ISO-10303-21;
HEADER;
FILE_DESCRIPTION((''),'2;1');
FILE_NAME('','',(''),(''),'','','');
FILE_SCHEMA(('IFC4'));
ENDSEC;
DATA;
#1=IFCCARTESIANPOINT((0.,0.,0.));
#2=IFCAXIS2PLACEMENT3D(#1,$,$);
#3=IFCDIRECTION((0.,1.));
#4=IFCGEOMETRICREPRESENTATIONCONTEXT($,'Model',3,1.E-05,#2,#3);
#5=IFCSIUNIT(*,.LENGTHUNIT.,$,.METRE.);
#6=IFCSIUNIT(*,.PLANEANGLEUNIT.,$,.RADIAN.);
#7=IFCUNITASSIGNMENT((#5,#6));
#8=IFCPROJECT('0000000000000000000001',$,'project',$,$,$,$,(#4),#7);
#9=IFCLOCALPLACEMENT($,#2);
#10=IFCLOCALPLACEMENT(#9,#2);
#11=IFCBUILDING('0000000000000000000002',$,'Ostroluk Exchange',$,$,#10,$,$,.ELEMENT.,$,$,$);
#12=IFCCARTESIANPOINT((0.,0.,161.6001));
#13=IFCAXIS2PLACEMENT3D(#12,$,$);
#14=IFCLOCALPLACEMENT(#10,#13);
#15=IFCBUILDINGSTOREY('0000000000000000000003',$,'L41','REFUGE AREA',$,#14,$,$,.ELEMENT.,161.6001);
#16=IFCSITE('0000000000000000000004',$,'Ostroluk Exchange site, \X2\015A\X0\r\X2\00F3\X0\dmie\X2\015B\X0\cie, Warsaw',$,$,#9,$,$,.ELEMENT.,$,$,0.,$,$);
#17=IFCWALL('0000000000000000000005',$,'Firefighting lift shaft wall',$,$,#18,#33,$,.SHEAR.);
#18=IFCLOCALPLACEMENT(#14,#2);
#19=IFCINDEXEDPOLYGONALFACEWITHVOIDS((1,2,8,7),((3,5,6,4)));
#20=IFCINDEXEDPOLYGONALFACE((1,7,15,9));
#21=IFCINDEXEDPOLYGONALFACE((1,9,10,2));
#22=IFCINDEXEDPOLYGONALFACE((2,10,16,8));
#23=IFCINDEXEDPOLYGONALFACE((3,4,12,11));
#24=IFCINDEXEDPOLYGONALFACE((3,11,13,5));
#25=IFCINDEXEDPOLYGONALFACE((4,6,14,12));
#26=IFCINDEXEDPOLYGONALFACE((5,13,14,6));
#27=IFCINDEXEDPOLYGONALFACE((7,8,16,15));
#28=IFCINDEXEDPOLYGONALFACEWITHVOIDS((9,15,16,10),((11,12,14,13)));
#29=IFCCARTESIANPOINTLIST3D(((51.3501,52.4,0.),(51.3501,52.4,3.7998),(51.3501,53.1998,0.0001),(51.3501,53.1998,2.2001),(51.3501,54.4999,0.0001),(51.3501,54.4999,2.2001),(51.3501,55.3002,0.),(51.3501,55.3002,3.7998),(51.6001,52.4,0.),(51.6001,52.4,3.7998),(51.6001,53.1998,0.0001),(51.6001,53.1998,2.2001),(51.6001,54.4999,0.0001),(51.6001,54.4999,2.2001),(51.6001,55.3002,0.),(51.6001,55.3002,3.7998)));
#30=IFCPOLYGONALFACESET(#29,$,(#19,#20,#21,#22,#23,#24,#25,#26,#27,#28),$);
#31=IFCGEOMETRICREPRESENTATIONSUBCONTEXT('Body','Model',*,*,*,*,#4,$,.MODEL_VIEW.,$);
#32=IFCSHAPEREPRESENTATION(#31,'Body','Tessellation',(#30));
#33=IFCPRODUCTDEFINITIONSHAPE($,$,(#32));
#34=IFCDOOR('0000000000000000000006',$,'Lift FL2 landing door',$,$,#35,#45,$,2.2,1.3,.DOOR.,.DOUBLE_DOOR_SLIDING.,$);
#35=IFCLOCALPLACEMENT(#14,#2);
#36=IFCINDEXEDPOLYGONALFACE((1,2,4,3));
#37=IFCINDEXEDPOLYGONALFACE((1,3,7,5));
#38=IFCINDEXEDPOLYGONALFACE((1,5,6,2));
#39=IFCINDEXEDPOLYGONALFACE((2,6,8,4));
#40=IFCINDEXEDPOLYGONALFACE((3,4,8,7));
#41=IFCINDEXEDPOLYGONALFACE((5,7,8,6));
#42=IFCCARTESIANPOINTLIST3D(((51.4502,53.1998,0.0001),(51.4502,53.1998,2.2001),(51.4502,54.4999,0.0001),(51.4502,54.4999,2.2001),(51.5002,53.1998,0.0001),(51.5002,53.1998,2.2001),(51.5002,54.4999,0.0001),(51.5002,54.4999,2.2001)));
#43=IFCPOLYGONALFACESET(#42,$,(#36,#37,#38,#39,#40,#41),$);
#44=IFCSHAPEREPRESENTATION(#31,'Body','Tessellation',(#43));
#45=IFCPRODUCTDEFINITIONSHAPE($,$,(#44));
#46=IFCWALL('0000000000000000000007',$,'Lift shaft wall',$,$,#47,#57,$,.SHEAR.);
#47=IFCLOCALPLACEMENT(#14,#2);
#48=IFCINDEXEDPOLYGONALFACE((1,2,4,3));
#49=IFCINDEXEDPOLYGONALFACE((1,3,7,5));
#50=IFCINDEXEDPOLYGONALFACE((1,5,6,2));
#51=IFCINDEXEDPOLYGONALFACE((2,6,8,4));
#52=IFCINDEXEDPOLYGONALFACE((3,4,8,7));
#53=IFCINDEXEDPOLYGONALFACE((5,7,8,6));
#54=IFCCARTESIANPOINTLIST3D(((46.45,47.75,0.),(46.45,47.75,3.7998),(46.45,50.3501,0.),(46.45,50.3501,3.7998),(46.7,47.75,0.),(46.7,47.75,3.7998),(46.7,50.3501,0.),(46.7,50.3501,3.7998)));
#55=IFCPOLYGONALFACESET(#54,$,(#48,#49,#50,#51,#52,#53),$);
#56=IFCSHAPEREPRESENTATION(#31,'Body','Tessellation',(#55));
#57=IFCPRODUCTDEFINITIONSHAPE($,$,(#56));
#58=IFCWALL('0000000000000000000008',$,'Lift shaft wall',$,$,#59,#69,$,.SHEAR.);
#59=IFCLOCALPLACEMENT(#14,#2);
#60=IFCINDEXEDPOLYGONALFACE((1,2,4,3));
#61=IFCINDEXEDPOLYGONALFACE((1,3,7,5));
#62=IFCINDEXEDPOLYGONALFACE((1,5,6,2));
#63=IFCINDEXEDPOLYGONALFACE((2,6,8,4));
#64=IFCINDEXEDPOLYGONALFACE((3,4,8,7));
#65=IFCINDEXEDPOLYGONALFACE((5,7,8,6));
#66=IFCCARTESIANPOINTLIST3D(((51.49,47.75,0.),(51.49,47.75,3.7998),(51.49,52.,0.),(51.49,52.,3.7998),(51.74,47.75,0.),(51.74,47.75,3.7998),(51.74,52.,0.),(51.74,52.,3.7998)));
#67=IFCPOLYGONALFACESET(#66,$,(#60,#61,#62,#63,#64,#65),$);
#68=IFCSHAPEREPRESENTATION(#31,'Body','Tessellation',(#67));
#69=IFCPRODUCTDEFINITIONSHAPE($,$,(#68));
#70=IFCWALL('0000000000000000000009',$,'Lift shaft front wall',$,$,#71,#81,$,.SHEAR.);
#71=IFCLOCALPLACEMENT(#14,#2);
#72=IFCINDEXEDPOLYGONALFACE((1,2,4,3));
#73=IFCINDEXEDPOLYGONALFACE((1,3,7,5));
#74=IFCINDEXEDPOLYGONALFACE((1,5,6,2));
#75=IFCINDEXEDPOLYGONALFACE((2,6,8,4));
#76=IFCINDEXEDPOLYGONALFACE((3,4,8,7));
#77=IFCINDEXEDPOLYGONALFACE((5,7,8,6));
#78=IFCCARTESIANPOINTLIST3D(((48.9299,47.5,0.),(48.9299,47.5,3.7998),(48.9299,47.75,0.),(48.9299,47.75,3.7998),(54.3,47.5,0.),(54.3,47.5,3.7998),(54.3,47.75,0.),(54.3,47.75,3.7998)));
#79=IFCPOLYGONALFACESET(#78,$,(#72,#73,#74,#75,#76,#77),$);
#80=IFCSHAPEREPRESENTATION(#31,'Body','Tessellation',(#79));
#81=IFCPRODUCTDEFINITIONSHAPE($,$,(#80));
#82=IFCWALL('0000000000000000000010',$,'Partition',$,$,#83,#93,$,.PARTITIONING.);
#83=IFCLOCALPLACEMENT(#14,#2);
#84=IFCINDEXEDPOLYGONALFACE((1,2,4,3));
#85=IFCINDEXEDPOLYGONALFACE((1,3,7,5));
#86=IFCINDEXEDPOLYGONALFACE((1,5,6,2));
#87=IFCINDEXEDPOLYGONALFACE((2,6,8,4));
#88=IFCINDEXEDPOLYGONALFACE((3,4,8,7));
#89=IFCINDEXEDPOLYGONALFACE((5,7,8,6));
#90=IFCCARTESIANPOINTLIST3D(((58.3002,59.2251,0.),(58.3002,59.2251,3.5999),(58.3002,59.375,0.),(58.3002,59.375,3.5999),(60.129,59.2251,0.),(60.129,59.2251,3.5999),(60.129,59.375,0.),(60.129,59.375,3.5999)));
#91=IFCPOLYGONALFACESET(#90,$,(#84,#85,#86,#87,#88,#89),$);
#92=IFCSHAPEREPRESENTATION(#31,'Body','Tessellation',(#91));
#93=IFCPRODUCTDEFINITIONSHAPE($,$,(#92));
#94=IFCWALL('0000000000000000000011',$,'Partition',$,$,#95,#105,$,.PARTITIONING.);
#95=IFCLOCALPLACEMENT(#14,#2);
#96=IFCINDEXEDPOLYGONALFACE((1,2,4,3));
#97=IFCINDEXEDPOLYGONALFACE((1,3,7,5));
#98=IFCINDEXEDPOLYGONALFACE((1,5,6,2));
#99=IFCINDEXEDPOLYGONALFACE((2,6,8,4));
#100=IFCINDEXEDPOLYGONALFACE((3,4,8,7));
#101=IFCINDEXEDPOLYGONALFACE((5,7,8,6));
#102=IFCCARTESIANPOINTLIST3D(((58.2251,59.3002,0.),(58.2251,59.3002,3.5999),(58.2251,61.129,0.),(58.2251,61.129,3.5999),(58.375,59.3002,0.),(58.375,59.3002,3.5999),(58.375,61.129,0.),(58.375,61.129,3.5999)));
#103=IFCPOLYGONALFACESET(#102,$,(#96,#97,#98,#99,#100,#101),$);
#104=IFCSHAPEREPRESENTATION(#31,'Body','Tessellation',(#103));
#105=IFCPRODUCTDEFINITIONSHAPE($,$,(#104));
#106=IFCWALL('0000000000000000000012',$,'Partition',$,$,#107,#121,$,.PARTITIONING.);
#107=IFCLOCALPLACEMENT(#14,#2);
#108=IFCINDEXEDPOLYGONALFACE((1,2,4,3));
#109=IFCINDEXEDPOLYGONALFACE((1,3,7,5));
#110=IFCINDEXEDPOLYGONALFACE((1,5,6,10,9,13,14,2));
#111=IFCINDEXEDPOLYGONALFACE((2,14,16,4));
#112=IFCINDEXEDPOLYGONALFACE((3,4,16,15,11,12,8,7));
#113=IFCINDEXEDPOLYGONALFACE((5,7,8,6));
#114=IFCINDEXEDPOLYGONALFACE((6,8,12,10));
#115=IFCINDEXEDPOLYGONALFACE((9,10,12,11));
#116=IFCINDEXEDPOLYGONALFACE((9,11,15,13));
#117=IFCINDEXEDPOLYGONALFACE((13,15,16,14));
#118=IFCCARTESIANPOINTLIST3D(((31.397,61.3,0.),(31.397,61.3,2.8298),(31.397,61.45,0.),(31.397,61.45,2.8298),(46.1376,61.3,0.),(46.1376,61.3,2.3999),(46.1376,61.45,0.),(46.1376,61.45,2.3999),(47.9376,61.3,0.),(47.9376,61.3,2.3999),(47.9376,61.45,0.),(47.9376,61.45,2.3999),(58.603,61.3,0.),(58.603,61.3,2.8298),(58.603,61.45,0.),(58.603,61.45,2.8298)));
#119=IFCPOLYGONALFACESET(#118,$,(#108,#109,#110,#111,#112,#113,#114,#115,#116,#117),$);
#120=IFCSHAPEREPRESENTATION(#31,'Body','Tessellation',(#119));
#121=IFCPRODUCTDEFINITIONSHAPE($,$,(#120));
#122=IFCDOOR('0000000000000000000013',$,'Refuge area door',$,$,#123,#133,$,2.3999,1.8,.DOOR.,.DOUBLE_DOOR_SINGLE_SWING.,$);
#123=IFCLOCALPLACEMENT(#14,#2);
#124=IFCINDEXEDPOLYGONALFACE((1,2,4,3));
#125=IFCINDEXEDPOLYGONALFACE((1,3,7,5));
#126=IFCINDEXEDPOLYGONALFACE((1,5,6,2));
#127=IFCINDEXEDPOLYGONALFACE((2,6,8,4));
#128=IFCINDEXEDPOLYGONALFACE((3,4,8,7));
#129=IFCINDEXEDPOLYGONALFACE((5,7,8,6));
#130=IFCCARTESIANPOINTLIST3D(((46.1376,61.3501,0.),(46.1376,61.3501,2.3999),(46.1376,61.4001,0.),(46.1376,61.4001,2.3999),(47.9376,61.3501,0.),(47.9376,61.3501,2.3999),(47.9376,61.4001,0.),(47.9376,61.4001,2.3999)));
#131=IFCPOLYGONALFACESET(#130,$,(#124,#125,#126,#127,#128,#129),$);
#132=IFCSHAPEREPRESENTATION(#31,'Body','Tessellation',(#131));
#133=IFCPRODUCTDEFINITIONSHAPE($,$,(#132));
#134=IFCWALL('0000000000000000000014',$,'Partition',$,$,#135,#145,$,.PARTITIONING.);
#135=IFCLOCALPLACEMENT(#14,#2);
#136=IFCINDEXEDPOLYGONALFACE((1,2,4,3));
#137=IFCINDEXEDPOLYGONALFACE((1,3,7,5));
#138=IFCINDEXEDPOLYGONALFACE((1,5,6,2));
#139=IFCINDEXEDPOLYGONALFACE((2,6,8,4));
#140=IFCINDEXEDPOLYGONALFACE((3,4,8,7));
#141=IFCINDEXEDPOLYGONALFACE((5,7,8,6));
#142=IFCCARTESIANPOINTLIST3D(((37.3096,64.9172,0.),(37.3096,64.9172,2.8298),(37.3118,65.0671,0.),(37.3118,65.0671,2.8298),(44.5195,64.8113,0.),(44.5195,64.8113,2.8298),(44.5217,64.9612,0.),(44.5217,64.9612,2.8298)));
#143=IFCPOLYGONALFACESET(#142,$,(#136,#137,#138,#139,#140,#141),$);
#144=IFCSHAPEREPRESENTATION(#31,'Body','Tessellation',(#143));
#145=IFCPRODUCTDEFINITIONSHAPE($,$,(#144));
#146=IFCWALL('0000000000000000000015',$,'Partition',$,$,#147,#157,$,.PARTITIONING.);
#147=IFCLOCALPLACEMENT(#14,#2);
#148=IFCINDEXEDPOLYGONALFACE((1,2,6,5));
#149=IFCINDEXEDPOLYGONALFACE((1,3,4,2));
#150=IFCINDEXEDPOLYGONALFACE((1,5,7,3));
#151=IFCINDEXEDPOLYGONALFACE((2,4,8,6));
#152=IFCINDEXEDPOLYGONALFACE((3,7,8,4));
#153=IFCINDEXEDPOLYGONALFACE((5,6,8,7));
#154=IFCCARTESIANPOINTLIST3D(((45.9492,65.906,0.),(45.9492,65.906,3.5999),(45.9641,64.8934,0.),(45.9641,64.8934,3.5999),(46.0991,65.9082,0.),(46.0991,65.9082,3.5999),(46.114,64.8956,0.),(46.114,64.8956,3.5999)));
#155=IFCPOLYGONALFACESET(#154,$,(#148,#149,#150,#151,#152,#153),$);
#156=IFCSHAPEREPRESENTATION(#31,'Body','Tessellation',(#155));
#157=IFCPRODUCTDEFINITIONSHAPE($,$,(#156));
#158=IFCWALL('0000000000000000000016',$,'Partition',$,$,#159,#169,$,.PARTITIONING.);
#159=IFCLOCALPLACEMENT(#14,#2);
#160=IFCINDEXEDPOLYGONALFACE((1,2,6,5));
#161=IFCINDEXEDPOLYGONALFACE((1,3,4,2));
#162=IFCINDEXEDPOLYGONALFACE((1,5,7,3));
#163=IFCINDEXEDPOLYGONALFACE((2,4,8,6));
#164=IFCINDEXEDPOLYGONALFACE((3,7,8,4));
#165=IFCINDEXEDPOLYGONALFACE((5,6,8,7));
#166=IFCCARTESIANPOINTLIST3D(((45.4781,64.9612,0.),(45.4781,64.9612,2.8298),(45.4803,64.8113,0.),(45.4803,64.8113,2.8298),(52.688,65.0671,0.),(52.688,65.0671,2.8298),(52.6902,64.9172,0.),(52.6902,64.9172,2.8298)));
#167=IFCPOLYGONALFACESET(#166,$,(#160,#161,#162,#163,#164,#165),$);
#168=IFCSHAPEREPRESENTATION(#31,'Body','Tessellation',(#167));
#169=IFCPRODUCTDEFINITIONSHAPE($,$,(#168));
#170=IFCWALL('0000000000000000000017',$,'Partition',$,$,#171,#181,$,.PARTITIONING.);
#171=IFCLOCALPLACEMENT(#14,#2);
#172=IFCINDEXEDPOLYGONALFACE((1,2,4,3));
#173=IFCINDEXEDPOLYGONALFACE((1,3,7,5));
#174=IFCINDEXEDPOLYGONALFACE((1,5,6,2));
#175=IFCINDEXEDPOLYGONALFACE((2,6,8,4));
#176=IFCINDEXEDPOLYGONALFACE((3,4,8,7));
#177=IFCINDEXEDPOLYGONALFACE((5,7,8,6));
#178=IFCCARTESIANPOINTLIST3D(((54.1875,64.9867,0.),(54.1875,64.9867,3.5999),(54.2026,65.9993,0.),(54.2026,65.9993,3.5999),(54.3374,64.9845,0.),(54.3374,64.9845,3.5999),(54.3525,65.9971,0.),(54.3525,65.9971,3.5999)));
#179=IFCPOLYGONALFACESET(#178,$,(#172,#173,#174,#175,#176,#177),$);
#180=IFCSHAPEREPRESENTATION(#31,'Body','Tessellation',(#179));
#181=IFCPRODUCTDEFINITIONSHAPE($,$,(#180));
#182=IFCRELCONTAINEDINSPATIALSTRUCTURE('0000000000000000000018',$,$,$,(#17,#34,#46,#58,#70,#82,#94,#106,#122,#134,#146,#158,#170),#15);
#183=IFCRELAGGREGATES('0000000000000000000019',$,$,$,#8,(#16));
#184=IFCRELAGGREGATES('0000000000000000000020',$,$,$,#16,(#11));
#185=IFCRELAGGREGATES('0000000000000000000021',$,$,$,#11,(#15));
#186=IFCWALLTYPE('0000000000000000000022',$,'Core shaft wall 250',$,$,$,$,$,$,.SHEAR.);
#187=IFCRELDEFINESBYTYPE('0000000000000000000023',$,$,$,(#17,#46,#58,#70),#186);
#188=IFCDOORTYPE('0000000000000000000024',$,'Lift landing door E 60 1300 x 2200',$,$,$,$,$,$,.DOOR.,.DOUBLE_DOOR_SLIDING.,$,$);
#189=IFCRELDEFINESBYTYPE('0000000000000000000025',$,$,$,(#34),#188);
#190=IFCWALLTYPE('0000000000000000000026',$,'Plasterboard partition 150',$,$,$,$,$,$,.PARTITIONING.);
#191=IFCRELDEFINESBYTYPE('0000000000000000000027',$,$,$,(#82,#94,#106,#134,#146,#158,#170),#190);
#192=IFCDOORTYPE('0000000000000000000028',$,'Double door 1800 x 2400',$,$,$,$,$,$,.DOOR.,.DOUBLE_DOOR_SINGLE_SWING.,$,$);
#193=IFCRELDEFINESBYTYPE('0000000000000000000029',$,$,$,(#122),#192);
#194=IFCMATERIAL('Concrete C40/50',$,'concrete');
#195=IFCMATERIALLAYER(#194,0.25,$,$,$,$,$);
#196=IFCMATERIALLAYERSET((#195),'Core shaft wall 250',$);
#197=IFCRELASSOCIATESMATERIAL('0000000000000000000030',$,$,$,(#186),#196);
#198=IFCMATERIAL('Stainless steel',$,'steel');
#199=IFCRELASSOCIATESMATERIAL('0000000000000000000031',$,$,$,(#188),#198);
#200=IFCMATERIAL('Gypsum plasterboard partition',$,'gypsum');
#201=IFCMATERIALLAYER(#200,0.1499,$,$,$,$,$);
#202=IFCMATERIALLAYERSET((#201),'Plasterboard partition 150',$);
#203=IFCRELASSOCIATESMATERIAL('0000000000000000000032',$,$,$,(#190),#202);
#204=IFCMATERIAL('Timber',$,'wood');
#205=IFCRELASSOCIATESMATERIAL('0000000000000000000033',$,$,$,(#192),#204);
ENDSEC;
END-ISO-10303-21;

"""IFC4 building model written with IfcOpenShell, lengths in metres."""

from ifc_helpers import new_model, si_unit, direction, frame, frame_2d, origin, place, context, subcontext, project, spatial, rectangle, extrude, material, layer, layer_set, type_object, element, fill, save


model = new_model("IFC4")

# Units and contexts
model_context = context("Model", 3, precision=1e-05, world=origin(), true_north=direction((0.0, 1.0)))
body_context = subcontext(model_context, "Body", "Model", "MODEL_VIEW")
ifc_project = project(units=[si_unit("LENGTHUNIT", "METRE"), si_unit("PLANEANGLEUNIT", "RADIAN")], contexts=[model_context])

# Site, building, storey
site_placement = place(None, origin())
site = spatial("IfcSite", under=ifc_project, at=site_placement, Name="Ostroluk Exchange site, Śródmieście, Warsaw", CompositionType="ELEMENT", RefElevation=0.0)
building_placement = place(site_placement, origin())
building = spatial("IfcBuilding", under=site, at=building_placement, Name="Ostroluk Exchange", CompositionType="ELEMENT")
storey_placement = place(building_placement, frame((0.0, 0.0, 161.6001)))
storey = spatial("IfcBuildingStorey", under=building, at=storey_placement, Name="L41", Description="REFUGE AREA", CompositionType="ELEMENT", Elevation=161.6001)

# Wall, opening, door
ifc_material_1 = material(Name="Concrete C40/50", Category="concrete")
ifc_layer_1 = layer(ifc_material_1, 0.25)
ifc_layer_set_1 = layer_set([ifc_layer_1], Name="Core shaft wall 250")
wall_type_1 = type_object("IfcWallType", Name="Core shaft wall 250", PredefinedType="SHEAR", material=ifc_layer_set_1)
wall_1_placement = place(storey_placement, frame((51.4751, 52.3999, 0.0), z_axis=(0.0, 0.0, 1.0), x_axis=(0.0, 1.0, 0.0)))
wall_1 = element("IfcWall", 1, at=wall_1_placement, inside=storey, type_object=wall_type_1, Name="Firefighting lift shaft wall", PredefinedType="SHEAR", context=body_context, shape_type="SweptSolid", body=[
    extrude(rectangle(XDim=2.9001, YDim=0.25, at=frame_2d((1.4502, 0.0))), origin(), (0.0, 0.0, 1.0), 3.7998),
])
opening_1_placement = place(wall_1_placement, frame((0.8, 0.0, 0.0)))
opening_1 = element("IfcOpeningElement", 2, at=opening_1_placement, cuts=wall_1, PredefinedType="OPENING", context=body_context, shape_type="SweptSolid", body=[
    extrude(rectangle(XDim=1.3, YDim=2.2, at=frame_2d((0.6499, 1.1001))), frame((0.0, 0.135, 0.0), z_axis=(0.0, -1.0, 0.0), x_axis=(1.0, 0.0, 0.0)), (0.0, 0.0, 1.0), 0.27),
])
ifc_material_2 = material(Name="Stainless steel", Category="steel")
door_type_1 = type_object("IfcDoorType", Name="Lift landing door E 60 1300 x 2200", OperationType="DOUBLE_DOOR_SLIDING", PredefinedType="DOOR", material=ifc_material_2)
door_1_placement = place(opening_1_placement, origin())
door_1 = element("IfcDoor", 3, at=door_1_placement, inside=storey, type_object=door_type_1, Name="Lift FL2 landing door", OperationType="DOUBLE_DOOR_SLIDING", OverallHeight=2.2, OverallWidth=1.3, PredefinedType="DOOR", context=body_context, shape_type="SweptSolid", body=[
    extrude(rectangle(XDim=1.3, YDim=2.2, at=frame_2d((0.6499, 1.1001))), frame((0.0, 0.0249, 0.0), z_axis=(0.0, -1.0, 0.0), x_axis=(1.0, 0.0, 0.0)), (0.0, 0.0, 1.0), 0.05),
])
fill(opening_1, door_1)

# Walls
wall_2_placement = place(storey_placement, frame((46.575, 47.75, 0.0), z_axis=(0.0, 0.0, 1.0), x_axis=(0.0, 1.0, 0.0)))
element("IfcWall", 4, at=wall_2_placement, inside=storey, type_object=wall_type_1, Name="Lift shaft wall", PredefinedType="SHEAR", context=body_context, shape_type="SweptSolid", body=[
    extrude(rectangle(XDim=2.6001, YDim=0.25, at=frame_2d((1.3, 0.0))), origin(), (0.0, 0.0, 1.0), 3.7998),
])
wall_3_placement = place(storey_placement, frame((51.615, 47.75, 0.0), z_axis=(0.0, 0.0, 1.0), x_axis=(0.0, 1.0, 0.0)))
element("IfcWall", 5, at=wall_3_placement, inside=storey, type_object=wall_type_1, Name="Lift shaft wall", PredefinedType="SHEAR", context=body_context, shape_type="SweptSolid", body=[
    extrude(rectangle(XDim=4.25, YDim=0.25, at=frame_2d((2.125, 0.0))), origin(), (0.0, 0.0, 1.0), 3.7998),
])
wall_4_placement = place(storey_placement, frame((48.9299, 47.625, 0.0), z_axis=(0.0, 0.0, 1.0), x_axis=(1.0, 0.0, 0.0)))
element("IfcWall", 6, at=wall_4_placement, inside=storey, type_object=wall_type_1, Name="Lift shaft front wall", PredefinedType="SHEAR", context=body_context, shape_type="SweptSolid", body=[
    extrude(rectangle(XDim=5.3701, YDim=0.25, at=frame_2d((2.6851, 0.0))), origin(), (0.0, 0.0, 1.0), 3.7998),
])
ifc_material_3 = material(Name="Gypsum plasterboard partition", Category="gypsum")
ifc_layer_2 = layer(ifc_material_3, 0.1499)
ifc_layer_set_2 = layer_set([ifc_layer_2], Name="Plasterboard partition 150")
wall_type_2 = type_object("IfcWallType", Name="Plasterboard partition 150", PredefinedType="PARTITIONING", material=ifc_layer_set_2)
for number, where, z_axis, x_axis, name in (
    (7, (58.3, 59.3, 0.0), (0.0, 0.0, 1.0), (1.0, 0.0, 0.0), "Partition"),
    (8, (58.3, 59.3, 0.0), (0.0, 0.0, 1.0), (0.0, 1.0, 0.0), "Partition"),
):
    element("IfcWall", number, at=place(storey_placement, frame(where, z_axis=z_axis, x_axis=x_axis)), inside=storey, type_object=wall_type_2, Name=name, PredefinedType="PARTITIONING", context=body_context, shape_type="SweptSolid", body=[
        extrude(rectangle(XDim=1.8289, YDim=0.1499, at=frame_2d((0.9146, 0.0))), origin(), (0.0, 0.0, 1.0), 3.5999),
    ])

# Wall, opening, door
wall_5_placement = place(storey_placement, frame((58.603, 61.375, 0.0), z_axis=(0.0, 0.0, 1.0), x_axis=(-1.0, 0.0, 0.0)))
wall_5 = element("IfcWall", 9, at=wall_5_placement, inside=storey, type_object=wall_type_2, Name="Partition", PredefinedType="PARTITIONING", context=body_context, shape_type="SweptSolid", body=[
    extrude(rectangle(XDim=27.2061, YDim=0.1499, at=frame_2d((13.603, 0.0))), origin(), (0.0, 0.0, 1.0), 2.8298),
])
opening_2_placement = place(wall_5_placement, frame((10.6655, 0.0, 0.0)))
opening_2 = element("IfcOpeningElement", 10, at=opening_2_placement, cuts=wall_5, PredefinedType="OPENING", context=body_context, shape_type="SweptSolid", body=[
    extrude(rectangle(XDim=1.8, YDim=2.3999, at=frame_2d((0.8999, 1.2))), frame((0.0, 0.085, 0.0), z_axis=(0.0, -1.0, 0.0), x_axis=(1.0, 0.0, 0.0)), (0.0, 0.0, 1.0), 0.1699),
])
ifc_material_4 = material(Name="Timber", Category="wood")
door_type_2 = type_object("IfcDoorType", Name="Double door 1800 x 2400", OperationType="DOUBLE_DOOR_SINGLE_SWING", PredefinedType="DOOR", material=ifc_material_4)
door_2_placement = place(opening_2_placement, origin())
door_2 = element("IfcDoor", 11, at=door_2_placement, inside=storey, type_object=door_type_2, Name="Refuge area door", OperationType="DOUBLE_DOOR_SINGLE_SWING", OverallHeight=2.3999, OverallWidth=1.8, PredefinedType="DOOR", context=body_context, shape_type="SweptSolid", body=[
    extrude(rectangle(XDim=1.8, YDim=2.3999, at=frame_2d((0.8999, 1.2))), frame((0.0, 0.0249, 0.0), z_axis=(0.0, -1.0, 0.0), x_axis=(1.0, 0.0, 0.0)), (0.0, 0.0, 1.0), 0.05),
])
fill(opening_2, door_2)

# Walls
wall_6_placement = place(storey_placement, frame((44.5208, 64.8862, 0.0), z_axis=(0.0, 0.0, 1.0), x_axis=(-0.999892, 0.014694, 0.0)))
element("IfcWall", 12, at=wall_6_placement, inside=storey, type_object=wall_type_2, Name="Partition", PredefinedType="PARTITIONING", context=body_context, shape_type="SweptSolid", body=[
    extrude(rectangle(XDim=7.2107, YDim=0.1499, at=frame_2d((3.6055, 0.0))), origin(), (0.0, 0.0, 1.0), 2.8298),
])
wall_7_placement = place(storey_placement, frame((46.0391, 64.8945, 0.0), z_axis=(0.0, 0.0, 1.0), x_axis=(-0.014704, 0.999892, 0.0)))
element("IfcWall", 13, at=wall_7_placement, inside=storey, type_object=wall_type_2, Name="Partition", PredefinedType="PARTITIONING", context=body_context, shape_type="SweptSolid", body=[
    extrude(rectangle(XDim=1.0127, YDim=0.1499, at=frame_2d((0.5063, 0.0))), origin(), (0.0, 0.0, 1.0), 3.5999),
])
wall_8_placement = place(storey_placement, frame((52.6892, 64.9922, 0.0), z_axis=(0.0, 0.0, 1.0), x_axis=(-0.999892, -0.014694, 0.0)))
element("IfcWall", 14, at=wall_8_placement, inside=storey, type_object=wall_type_2, Name="Partition", PredefinedType="PARTITIONING", context=body_context, shape_type="SweptSolid", body=[
    extrude(rectangle(XDim=7.2107, YDim=0.1499, at=frame_2d((3.6055, 0.0))), origin(), (0.0, 0.0, 1.0), 2.8298),
])
wall_9_placement = place(storey_placement, frame((54.2625, 64.9856, 0.0), z_axis=(0.0, 0.0, 1.0), x_axis=(0.014945, 0.999888, 0.0)))
element("IfcWall", 15, at=wall_9_placement, inside=storey, type_object=wall_type_2, Name="Partition", PredefinedType="PARTITIONING", context=body_context, shape_type="SweptSolid", body=[
    extrude(rectangle(XDim=1.0127, YDim=0.1499, at=frame_2d((0.5063, 0.0))), origin(), (0.0, 0.0, 1.0), 3.5999),
])

save(model, "model.ifc")
